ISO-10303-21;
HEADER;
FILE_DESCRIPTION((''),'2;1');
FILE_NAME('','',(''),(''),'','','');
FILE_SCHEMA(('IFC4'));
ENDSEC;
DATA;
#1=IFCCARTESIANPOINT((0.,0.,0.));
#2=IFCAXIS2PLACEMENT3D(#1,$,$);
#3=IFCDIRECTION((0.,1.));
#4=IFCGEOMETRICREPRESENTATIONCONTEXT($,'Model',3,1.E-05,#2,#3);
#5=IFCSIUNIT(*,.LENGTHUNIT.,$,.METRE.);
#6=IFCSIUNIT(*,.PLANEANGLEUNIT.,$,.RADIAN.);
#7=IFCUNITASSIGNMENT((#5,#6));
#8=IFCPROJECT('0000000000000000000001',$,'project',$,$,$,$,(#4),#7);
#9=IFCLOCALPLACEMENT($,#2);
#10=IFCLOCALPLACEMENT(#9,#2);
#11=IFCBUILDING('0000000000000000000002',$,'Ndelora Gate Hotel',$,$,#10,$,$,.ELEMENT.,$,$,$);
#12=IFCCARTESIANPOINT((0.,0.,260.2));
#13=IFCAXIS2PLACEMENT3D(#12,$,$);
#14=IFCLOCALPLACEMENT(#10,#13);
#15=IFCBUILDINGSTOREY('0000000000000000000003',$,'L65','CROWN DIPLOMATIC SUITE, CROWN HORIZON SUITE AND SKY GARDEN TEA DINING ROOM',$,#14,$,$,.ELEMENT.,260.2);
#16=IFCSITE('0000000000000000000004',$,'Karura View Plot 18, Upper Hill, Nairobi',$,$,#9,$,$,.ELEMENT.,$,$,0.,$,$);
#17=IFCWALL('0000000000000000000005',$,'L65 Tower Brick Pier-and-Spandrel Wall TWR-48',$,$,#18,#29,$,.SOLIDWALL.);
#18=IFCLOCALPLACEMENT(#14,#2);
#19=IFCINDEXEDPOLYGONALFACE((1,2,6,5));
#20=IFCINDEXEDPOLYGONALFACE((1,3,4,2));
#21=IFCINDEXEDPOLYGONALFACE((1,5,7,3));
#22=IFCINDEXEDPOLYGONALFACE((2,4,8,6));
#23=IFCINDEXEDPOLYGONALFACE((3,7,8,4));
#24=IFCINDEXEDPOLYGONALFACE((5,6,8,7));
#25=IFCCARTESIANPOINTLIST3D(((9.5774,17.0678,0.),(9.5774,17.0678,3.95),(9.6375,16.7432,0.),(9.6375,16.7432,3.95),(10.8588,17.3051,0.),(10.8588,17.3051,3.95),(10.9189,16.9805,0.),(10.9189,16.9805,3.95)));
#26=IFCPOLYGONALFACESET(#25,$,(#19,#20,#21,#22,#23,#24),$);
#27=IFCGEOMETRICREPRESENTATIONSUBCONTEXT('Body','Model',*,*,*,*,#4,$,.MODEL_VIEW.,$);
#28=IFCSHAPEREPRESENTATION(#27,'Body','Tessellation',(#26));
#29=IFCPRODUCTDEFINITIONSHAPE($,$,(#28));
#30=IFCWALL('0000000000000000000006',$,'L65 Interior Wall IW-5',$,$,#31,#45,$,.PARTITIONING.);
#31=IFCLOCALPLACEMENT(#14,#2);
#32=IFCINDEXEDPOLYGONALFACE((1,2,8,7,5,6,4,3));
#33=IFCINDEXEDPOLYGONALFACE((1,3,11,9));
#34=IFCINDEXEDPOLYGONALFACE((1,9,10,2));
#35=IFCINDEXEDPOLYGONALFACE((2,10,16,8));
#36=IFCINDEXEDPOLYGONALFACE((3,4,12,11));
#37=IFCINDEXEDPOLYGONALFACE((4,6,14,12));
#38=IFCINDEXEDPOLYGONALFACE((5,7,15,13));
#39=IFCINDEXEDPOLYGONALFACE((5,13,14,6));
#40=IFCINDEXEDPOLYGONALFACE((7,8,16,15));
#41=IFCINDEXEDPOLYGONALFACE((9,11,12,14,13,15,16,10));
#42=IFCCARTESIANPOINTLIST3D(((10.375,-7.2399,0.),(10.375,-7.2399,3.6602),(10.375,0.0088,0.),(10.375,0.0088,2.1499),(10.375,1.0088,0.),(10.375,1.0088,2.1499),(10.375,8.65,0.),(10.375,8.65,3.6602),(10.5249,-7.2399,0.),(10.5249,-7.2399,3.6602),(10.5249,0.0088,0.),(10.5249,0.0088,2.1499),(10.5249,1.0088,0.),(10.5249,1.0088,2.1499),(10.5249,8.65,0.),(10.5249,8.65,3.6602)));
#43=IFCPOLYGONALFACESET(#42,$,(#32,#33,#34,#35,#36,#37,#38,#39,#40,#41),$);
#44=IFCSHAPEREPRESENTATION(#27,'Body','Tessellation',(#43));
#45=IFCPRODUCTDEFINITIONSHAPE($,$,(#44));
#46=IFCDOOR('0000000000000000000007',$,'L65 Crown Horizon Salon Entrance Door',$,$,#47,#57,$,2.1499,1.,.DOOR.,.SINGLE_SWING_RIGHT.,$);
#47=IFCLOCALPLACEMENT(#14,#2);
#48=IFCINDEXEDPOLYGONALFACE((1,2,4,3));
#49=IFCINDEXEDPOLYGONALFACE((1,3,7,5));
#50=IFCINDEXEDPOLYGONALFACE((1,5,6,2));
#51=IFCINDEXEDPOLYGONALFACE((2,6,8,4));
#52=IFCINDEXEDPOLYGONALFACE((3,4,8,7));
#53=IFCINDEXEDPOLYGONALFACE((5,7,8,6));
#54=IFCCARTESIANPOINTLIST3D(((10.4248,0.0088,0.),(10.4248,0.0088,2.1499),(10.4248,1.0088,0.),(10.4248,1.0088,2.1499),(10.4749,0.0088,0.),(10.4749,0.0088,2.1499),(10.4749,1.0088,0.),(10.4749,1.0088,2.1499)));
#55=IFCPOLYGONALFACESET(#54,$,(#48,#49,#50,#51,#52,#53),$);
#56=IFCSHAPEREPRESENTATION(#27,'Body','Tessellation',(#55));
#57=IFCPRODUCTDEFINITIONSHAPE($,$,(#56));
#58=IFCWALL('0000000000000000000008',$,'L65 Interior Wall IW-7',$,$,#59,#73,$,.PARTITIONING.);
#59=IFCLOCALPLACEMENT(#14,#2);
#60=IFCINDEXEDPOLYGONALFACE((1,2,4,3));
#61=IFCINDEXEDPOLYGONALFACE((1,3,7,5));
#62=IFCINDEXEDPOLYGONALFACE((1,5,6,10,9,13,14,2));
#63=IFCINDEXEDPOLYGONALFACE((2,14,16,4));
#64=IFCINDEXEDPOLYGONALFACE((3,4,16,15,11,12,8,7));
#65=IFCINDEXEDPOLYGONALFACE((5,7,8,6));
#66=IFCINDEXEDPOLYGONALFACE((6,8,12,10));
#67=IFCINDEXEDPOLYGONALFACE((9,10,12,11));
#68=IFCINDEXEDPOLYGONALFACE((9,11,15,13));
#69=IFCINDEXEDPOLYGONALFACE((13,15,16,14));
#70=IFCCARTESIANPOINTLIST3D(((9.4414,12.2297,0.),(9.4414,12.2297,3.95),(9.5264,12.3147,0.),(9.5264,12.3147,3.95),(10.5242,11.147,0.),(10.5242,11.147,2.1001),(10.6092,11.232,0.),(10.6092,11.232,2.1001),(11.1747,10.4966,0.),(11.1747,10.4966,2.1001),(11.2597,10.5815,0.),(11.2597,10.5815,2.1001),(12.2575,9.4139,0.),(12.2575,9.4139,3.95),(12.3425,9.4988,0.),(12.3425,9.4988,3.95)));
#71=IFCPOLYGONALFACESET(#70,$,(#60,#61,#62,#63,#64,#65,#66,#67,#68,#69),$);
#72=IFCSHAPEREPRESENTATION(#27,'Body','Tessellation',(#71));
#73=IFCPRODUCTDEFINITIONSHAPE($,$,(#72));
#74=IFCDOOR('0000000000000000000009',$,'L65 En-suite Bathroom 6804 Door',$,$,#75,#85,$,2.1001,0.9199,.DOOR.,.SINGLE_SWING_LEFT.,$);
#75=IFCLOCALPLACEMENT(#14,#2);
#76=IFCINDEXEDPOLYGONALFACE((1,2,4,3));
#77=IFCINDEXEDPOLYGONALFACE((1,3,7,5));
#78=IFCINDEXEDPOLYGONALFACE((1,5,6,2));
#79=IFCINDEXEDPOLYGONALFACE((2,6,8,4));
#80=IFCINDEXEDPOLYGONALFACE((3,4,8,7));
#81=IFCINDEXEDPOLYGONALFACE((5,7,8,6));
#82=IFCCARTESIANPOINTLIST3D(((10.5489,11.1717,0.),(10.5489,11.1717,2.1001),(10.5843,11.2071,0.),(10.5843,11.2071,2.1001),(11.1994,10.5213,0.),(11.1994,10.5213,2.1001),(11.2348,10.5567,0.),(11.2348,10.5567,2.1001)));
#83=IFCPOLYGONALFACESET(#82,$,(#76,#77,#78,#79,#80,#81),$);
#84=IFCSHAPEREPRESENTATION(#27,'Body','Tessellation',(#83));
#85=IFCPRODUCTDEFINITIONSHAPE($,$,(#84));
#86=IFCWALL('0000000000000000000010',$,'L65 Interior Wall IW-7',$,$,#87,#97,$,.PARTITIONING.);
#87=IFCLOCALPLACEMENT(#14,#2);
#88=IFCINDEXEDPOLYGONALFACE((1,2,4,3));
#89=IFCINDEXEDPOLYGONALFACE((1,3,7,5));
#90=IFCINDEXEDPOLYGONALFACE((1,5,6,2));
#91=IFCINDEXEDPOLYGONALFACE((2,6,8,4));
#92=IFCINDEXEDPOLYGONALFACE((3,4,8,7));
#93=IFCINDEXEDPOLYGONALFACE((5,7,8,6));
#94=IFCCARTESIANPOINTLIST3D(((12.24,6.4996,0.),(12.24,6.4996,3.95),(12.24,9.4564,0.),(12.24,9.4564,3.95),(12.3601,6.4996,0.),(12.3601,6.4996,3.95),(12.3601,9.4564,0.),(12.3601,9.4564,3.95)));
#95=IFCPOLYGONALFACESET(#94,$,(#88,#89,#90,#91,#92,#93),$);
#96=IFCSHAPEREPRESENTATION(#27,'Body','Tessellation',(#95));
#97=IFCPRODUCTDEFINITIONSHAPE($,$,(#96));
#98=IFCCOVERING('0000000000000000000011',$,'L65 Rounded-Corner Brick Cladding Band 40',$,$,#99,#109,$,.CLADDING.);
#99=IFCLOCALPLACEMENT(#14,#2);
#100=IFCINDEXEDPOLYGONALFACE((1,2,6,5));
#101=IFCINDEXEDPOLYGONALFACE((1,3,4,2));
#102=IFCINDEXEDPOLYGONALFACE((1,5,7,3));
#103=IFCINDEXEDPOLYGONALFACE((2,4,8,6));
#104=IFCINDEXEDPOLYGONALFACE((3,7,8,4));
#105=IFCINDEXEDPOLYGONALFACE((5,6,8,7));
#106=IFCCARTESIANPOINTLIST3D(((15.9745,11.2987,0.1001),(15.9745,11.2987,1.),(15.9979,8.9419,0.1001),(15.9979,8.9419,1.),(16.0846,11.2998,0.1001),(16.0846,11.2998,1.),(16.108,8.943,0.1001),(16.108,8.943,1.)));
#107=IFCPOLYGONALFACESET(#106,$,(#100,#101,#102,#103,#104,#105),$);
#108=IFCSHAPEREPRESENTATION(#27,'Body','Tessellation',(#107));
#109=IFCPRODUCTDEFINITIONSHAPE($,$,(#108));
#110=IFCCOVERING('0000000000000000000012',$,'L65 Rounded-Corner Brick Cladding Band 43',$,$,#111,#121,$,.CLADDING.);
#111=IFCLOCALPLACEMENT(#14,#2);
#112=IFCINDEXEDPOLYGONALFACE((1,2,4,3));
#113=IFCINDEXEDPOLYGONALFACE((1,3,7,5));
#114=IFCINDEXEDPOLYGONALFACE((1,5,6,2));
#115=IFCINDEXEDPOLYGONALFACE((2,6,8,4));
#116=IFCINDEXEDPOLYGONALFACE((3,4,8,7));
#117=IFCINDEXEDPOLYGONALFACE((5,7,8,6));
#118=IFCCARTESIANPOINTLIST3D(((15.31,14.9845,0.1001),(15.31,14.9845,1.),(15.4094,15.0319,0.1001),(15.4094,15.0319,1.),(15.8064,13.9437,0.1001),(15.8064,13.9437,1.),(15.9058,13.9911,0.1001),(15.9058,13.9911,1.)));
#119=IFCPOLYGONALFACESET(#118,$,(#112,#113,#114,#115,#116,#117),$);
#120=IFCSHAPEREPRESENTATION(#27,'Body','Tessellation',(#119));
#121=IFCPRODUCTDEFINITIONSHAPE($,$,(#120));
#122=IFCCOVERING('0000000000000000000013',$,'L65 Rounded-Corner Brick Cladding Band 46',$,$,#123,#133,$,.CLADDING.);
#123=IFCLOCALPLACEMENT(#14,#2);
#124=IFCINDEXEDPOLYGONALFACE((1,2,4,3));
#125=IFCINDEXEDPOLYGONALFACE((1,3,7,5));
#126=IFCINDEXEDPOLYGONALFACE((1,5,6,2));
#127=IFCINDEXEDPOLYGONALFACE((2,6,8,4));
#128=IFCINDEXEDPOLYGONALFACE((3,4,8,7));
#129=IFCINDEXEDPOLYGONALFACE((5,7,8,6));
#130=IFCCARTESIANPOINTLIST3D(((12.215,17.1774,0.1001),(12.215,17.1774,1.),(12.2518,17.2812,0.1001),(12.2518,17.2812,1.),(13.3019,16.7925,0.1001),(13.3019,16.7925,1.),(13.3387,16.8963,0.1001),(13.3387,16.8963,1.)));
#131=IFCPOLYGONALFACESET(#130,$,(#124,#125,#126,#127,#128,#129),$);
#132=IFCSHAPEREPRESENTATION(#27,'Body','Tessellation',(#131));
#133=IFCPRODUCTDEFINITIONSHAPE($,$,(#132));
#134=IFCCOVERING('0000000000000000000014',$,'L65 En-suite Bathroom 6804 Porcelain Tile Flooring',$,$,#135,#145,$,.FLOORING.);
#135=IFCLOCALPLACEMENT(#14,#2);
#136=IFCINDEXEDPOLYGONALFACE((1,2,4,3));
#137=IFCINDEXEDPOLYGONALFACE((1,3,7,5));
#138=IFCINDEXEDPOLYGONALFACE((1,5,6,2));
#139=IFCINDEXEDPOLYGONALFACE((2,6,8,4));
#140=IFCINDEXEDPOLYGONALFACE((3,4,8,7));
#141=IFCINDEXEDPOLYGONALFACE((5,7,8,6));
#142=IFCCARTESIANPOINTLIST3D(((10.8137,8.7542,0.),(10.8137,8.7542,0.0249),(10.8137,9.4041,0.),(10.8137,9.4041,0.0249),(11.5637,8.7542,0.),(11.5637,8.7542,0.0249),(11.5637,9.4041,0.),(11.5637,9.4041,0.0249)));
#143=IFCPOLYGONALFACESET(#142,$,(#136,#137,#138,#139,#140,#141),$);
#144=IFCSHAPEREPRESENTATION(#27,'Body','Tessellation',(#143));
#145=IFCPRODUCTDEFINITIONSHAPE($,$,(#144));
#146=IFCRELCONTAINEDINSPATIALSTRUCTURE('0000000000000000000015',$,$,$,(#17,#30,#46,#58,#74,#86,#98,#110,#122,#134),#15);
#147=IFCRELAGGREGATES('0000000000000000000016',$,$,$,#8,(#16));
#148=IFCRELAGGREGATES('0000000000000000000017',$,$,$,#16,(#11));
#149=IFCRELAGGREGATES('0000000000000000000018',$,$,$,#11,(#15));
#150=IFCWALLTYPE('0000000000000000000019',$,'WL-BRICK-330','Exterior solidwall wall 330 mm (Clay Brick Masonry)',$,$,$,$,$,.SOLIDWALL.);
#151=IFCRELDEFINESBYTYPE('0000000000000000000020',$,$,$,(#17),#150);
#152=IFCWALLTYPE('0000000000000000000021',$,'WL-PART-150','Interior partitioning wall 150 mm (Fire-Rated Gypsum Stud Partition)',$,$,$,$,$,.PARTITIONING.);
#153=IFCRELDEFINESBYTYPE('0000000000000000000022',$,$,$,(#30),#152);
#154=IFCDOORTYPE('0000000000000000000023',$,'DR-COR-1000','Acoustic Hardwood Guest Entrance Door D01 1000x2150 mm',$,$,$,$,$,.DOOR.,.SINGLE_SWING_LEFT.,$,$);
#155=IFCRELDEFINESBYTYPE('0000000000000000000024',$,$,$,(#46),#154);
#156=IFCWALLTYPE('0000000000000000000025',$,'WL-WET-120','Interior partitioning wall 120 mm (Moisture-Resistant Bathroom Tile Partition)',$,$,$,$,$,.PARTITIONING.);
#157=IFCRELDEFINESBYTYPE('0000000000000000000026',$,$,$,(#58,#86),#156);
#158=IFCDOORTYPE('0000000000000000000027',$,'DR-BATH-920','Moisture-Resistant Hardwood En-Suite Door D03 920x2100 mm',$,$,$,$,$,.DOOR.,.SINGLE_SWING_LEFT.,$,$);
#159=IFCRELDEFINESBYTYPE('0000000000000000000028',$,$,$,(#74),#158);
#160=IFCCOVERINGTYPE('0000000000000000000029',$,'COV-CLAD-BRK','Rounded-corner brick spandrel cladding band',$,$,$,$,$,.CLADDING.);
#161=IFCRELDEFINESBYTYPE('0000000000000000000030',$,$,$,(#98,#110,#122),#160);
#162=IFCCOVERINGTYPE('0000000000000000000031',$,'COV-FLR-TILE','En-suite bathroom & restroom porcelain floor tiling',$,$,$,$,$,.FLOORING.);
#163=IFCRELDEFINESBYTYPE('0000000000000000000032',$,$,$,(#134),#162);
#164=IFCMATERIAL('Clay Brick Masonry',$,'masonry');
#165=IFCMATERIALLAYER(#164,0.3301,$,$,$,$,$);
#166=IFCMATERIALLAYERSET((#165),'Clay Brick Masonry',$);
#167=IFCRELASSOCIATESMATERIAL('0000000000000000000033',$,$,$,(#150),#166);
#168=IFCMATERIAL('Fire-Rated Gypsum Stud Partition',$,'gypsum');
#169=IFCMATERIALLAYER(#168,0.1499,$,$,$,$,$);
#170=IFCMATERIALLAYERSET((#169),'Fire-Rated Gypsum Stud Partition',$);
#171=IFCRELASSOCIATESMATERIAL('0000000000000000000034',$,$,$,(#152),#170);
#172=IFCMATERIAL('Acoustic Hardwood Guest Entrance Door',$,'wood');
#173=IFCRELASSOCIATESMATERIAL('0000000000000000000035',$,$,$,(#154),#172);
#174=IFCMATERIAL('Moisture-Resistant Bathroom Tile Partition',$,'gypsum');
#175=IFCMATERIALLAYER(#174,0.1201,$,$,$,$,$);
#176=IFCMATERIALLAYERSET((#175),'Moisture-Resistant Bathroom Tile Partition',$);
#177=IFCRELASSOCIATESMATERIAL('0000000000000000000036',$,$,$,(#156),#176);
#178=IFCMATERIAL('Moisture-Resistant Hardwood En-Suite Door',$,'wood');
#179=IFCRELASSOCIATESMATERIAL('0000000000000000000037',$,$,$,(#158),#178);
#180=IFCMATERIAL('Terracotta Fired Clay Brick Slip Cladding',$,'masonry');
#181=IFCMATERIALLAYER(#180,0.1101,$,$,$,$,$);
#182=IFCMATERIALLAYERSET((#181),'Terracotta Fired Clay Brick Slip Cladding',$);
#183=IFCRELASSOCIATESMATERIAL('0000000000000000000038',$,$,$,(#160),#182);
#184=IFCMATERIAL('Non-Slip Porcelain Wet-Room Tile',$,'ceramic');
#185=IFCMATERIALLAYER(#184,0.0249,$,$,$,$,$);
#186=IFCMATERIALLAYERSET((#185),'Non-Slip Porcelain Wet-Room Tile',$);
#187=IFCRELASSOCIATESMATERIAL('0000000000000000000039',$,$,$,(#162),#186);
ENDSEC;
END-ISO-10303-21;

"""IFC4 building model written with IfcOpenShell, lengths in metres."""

from ifc_helpers import new_model, si_unit, direction, frame, frame_2d, origin, origin_2d, place, context, subcontext, project, spatial, rectangle, extrude, material, layer, layer_set, type_object, element, fill, save


model = new_model("IFC4")

# Units and contexts
model_context = context("Model", 3, precision=1e-05, world=origin(), true_north=direction((0.0, 1.0)))
body_context = subcontext(model_context, "Body", "Model", "MODEL_VIEW")
ifc_project = project(units=[si_unit("LENGTHUNIT", "METRE"), si_unit("PLANEANGLEUNIT", "RADIAN")], contexts=[model_context])

# Site, building, storey
site_placement = place(None, origin())
site = spatial("IfcSite", under=ifc_project, at=site_placement, Name="Karura View Plot 18, Upper Hill, Nairobi", CompositionType="ELEMENT", RefElevation=0.0)
building_placement = place(site_placement, origin())
building = spatial("IfcBuilding", under=site, at=building_placement, Name="Ndelora Gate Hotel", CompositionType="ELEMENT")
storey_placement = place(building_placement, frame((0.0, 0.0, 260.2)))
storey = spatial("IfcBuildingStorey", under=building, at=storey_placement, Name="L65", Description="CROWN DIPLOMATIC SUITE, CROWN HORIZON SUITE AND SKY GARDEN TEA DINING ROOM", CompositionType="ELEMENT", Elevation=260.2)

# Shared definitions
ifc_material_1 = material(Name="Clay Brick Masonry", Category="masonry")
ifc_layer_1 = layer(ifc_material_1, 0.3301)
ifc_layer_set_1 = layer_set([ifc_layer_1], Name="Clay Brick Masonry")
wall_type_1 = type_object("IfcWallType", Name="WL-BRICK-330", Description="Exterior solidwall wall 330 mm (Clay Brick Masonry)", PredefinedType="SOLIDWALL", material=ifc_layer_set_1)

# Wall
wall_1_placement = place(storey_placement, frame((9.6074, 16.9055, 0.0), z_axis=(0.0, 0.0, 1.0), x_axis=(0.983283, 0.182083, 0.0)))
element("IfcWall", 1, at=wall_1_placement, inside=storey, type_object=wall_type_1, Name="L65 Tower Brick Pier-and-Spandrel Wall TWR-48", PredefinedType="SOLIDWALL", context=body_context, shape_type="SweptSolid", body=[
    extrude(rectangle(XDim=1.3032, YDim=0.3301, at=frame_2d((0.6516, 0.0))), origin(), (0.0, 0.0, 1.0), 3.95),
])

# Walls, openings, doors
ifc_material_2 = material(Name="Fire-Rated Gypsum Stud Partition", Category="gypsum")
ifc_layer_2 = layer(ifc_material_2, 0.1499)
ifc_layer_set_2 = layer_set([ifc_layer_2], Name="Fire-Rated Gypsum Stud Partition")
wall_type_2 = type_object("IfcWallType", Name="WL-PART-150", Description="Interior partitioning wall 150 mm (Fire-Rated Gypsum Stud Partition)", PredefinedType="PARTITIONING", material=ifc_layer_set_2)
wall_2_placement = place(storey_placement, frame((10.45, 8.6499, 0.0), z_axis=(0.0, 0.0, 1.0), x_axis=(0.0, -1.0, 0.0)))
wall_2 = element("IfcWall", 2, at=wall_2_placement, inside=storey, type_object=wall_type_2, Name="L65 Interior Wall IW-5", PredefinedType="PARTITIONING", context=body_context, shape_type="SweptSolid", body=[
    extrude(rectangle(XDim=15.8899, YDim=0.1499, at=frame_2d((7.9448, 0.0))), origin(), (0.0, 0.0, 1.0), 3.6602),
])
opening_1_placement = place(wall_2_placement, frame((7.6411, 0.0, 0.0)))
opening_1 = element("IfcOpeningElement", 3, at=opening_1_placement, cuts=wall_2, PredefinedType="OPENING", context=body_context, shape_type="SweptSolid", body=[
    extrude(rectangle(XDim=1.0, YDim=2.1499, at=frame_2d((0.5, 1.075))), frame((0.0, 0.085, 0.0), z_axis=(0.0, -1.0, 0.0), x_axis=(1.0, 0.0, 0.0)), (0.0, 0.0, 1.0), 0.1699),
])
ifc_material_3 = material(Name="Acoustic Hardwood Guest Entrance Door", Category="wood")
door_type_1 = type_object("IfcDoorType", Name="DR-COR-1000", Description="Acoustic Hardwood Guest Entrance Door D01 1000x2150 mm", OperationType="SINGLE_SWING_LEFT", PredefinedType="DOOR", material=ifc_material_3)
door_1_placement = place(opening_1_placement, origin())
door_1 = element("IfcDoor", 4, at=door_1_placement, inside=storey, type_object=door_type_1, Name="L65 Crown Horizon Salon Entrance Door", OperationType="SINGLE_SWING_RIGHT", OverallHeight=2.1499, OverallWidth=1.0, PredefinedType="DOOR", context=body_context, shape_type="SweptSolid", body=[
    extrude(rectangle(XDim=1.0, YDim=2.1499, at=frame_2d((0.5, 1.075))), frame((0.0, 0.0249, 0.0), z_axis=(0.0, -1.0, 0.0), x_axis=(1.0, 0.0, 0.0)), (0.0, 0.0, 1.0), 0.05),
])
fill(opening_1, door_1)
ifc_material_4 = material(Name="Moisture-Resistant Bathroom Tile Partition", Category="gypsum")
ifc_layer_3 = layer(ifc_material_4, 0.1201)
ifc_layer_set_3 = layer_set([ifc_layer_3], Name="Moisture-Resistant Bathroom Tile Partition")
wall_type_3 = type_object("IfcWallType", Name="WL-WET-120", Description="Interior partitioning wall 120 mm (Moisture-Resistant Bathroom Tile Partition)", PredefinedType="PARTITIONING", material=ifc_layer_set_3)
wall_3_placement = place(storey_placement, frame((9.4839, 12.2722, 0.0), z_axis=(0.0, 0.0, 1.0), x_axis=(0.707137, -0.707076, 0.0)))
wall_3 = element("IfcWall", 5, at=wall_3_placement, inside=storey, type_object=wall_type_3, Name="L65 Interior Wall IW-7", PredefinedType="PARTITIONING", context=body_context, shape_type="SweptSolid", body=[
    extrude(rectangle(XDim=3.9824, YDim=0.1201, at=frame_2d((1.9912, 0.0))), origin(), (0.0, 0.0, 1.0), 3.95),
])
opening_2_placement = place(wall_3_placement, frame((1.5312, 0.0, 0.0)))
opening_2 = element("IfcOpeningElement", 6, at=opening_2_placement, cuts=wall_3, PredefinedType="OPENING", context=body_context, shape_type="SweptSolid", body=[
    extrude(rectangle(XDim=0.9199, YDim=2.1001, at=frame_2d((0.46, 1.05))), frame((0.0, 0.0701, 0.0), z_axis=(0.0, -1.0, 0.0), x_axis=(1.0, 0.0, 0.0)), (0.0, 0.0, 1.0), 0.1401),
])
ifc_material_5 = material(Name="Moisture-Resistant Hardwood En-Suite Door", Category="wood")
door_type_2 = type_object("IfcDoorType", Name="DR-BATH-920", Description="Moisture-Resistant Hardwood En-Suite Door D03 920x2100 mm", OperationType="SINGLE_SWING_LEFT", PredefinedType="DOOR", material=ifc_material_5)
door_2_placement = place(opening_2_placement, origin())
door_2 = element("IfcDoor", 7, at=door_2_placement, inside=storey, type_object=door_type_2, Name="L65 En-suite Bathroom 6804 Door", OperationType="SINGLE_SWING_LEFT", OverallHeight=2.1001, OverallWidth=0.9199, PredefinedType="DOOR", context=body_context, shape_type="SweptSolid", body=[
    extrude(rectangle(XDim=0.9199, YDim=2.1001, at=frame_2d((0.46, 1.05))), frame((0.0, 0.0249, 0.0), z_axis=(0.0, -1.0, 0.0), x_axis=(1.0, 0.0, 0.0)), (0.0, 0.0, 1.0), 0.05),
])
fill(opening_2, door_2)

# Wall
wall_4_placement = place(storey_placement, frame((12.3, 6.4995, 0.0), z_axis=(0.0, 0.0, 1.0), x_axis=(0.0, 1.0, 0.0)))
element("IfcWall", 8, at=wall_4_placement, inside=storey, type_object=wall_type_3, Name="L65 Interior Wall IW-7", PredefinedType="PARTITIONING", context=body_context, shape_type="SweptSolid", body=[
    extrude(rectangle(XDim=2.9568, YDim=0.1201, at=frame_2d((1.4785, 0.0))), origin(), (0.0, 0.0, 1.0), 3.95),
])

# Coverings
ifc_material_6 = material(Name="Terracotta Fired Clay Brick Slip Cladding", Category="masonry")
ifc_layer_4 = layer(ifc_material_6, 0.1101)
ifc_layer_set_4 = layer_set([ifc_layer_4], Name="Terracotta Fired Clay Brick Slip Cladding")
covering_type_1 = type_object("IfcCoveringType", Name="COV-CLAD-BRK", Description="Rounded-corner brick spandrel cladding band", PredefinedType="CLADDING", material=ifc_layer_set_4)
covering_1_placement = place(storey_placement, frame((16.0413, 10.1208, 0.1001), z_axis=(0.0, 0.0, 1.0), x_axis=(-0.009948, 0.999951, 0.0)))
element("IfcCovering", 9, at=covering_1_placement, inside=storey, type_object=covering_type_1, Name="L65 Rounded-Corner Brick Cladding Band 40", PredefinedType="CLADDING", context=body_context, shape_type="SweptSolid", body=[
    extrude(rectangle(XDim=2.3569, YDim=0.1101, at=origin_2d()), origin(), (0.0, 0.0, 1.0), 0.8999),
])
for number, where, z_axis, x_axis, name in (
    (10, (15.6079, 14.4878, 0.1001), (0.0, 0.0, 1.0), (-0.430511, 0.902585, 0.0), "L65 Rounded-Corner Brick Cladding Band 43"),
    (11, (12.7769, 17.0369, 0.1001), (0.0, 0.0, 1.0), (-0.942641, 0.333807, 0.0), "L65 Rounded-Corner Brick Cladding Band 46"),
):
    element("IfcCovering", number, at=place(storey_placement, frame(where, z_axis=z_axis, x_axis=x_axis)), inside=storey, type_object=covering_type_1, Name=name, PredefinedType="CLADDING", context=body_context, shape_type="SweptSolid", body=[
        extrude(rectangle(XDim=1.1531, YDim=0.1101, at=origin_2d()), origin(), (0.0, 0.0, 1.0), 0.8999),
    ])
ifc_material_7 = material(Name="Non-Slip Porcelain Wet-Room Tile", Category="ceramic")
ifc_layer_5 = layer(ifc_material_7, 0.0249)
ifc_layer_set_5 = layer_set([ifc_layer_5], Name="Non-Slip Porcelain Wet-Room Tile")
covering_type_2 = type_object("IfcCoveringType", Name="COV-FLR-TILE", Description="En-suite bathroom & restroom porcelain floor tiling", PredefinedType="FLOORING", material=ifc_layer_set_5)
covering_2_placement = place(storey_placement, frame((11.1887, 9.0791, 0.0), z_axis=(0.0, 0.0, 1.0), x_axis=(1.0, 0.0, 0.0)))
element("IfcCovering", 12, at=covering_2_placement, inside=storey, type_object=covering_type_2, Name="L65 En-suite Bathroom 6804 Porcelain Tile Flooring", PredefinedType="FLOORING", context=body_context, shape_type="SweptSolid", body=[
    extrude(rectangle(XDim=0.75, YDim=0.6499, at=origin_2d()), origin(), (0.0, 0.0, 1.0), 0.0249),
])

save(model, "model.ifc")
